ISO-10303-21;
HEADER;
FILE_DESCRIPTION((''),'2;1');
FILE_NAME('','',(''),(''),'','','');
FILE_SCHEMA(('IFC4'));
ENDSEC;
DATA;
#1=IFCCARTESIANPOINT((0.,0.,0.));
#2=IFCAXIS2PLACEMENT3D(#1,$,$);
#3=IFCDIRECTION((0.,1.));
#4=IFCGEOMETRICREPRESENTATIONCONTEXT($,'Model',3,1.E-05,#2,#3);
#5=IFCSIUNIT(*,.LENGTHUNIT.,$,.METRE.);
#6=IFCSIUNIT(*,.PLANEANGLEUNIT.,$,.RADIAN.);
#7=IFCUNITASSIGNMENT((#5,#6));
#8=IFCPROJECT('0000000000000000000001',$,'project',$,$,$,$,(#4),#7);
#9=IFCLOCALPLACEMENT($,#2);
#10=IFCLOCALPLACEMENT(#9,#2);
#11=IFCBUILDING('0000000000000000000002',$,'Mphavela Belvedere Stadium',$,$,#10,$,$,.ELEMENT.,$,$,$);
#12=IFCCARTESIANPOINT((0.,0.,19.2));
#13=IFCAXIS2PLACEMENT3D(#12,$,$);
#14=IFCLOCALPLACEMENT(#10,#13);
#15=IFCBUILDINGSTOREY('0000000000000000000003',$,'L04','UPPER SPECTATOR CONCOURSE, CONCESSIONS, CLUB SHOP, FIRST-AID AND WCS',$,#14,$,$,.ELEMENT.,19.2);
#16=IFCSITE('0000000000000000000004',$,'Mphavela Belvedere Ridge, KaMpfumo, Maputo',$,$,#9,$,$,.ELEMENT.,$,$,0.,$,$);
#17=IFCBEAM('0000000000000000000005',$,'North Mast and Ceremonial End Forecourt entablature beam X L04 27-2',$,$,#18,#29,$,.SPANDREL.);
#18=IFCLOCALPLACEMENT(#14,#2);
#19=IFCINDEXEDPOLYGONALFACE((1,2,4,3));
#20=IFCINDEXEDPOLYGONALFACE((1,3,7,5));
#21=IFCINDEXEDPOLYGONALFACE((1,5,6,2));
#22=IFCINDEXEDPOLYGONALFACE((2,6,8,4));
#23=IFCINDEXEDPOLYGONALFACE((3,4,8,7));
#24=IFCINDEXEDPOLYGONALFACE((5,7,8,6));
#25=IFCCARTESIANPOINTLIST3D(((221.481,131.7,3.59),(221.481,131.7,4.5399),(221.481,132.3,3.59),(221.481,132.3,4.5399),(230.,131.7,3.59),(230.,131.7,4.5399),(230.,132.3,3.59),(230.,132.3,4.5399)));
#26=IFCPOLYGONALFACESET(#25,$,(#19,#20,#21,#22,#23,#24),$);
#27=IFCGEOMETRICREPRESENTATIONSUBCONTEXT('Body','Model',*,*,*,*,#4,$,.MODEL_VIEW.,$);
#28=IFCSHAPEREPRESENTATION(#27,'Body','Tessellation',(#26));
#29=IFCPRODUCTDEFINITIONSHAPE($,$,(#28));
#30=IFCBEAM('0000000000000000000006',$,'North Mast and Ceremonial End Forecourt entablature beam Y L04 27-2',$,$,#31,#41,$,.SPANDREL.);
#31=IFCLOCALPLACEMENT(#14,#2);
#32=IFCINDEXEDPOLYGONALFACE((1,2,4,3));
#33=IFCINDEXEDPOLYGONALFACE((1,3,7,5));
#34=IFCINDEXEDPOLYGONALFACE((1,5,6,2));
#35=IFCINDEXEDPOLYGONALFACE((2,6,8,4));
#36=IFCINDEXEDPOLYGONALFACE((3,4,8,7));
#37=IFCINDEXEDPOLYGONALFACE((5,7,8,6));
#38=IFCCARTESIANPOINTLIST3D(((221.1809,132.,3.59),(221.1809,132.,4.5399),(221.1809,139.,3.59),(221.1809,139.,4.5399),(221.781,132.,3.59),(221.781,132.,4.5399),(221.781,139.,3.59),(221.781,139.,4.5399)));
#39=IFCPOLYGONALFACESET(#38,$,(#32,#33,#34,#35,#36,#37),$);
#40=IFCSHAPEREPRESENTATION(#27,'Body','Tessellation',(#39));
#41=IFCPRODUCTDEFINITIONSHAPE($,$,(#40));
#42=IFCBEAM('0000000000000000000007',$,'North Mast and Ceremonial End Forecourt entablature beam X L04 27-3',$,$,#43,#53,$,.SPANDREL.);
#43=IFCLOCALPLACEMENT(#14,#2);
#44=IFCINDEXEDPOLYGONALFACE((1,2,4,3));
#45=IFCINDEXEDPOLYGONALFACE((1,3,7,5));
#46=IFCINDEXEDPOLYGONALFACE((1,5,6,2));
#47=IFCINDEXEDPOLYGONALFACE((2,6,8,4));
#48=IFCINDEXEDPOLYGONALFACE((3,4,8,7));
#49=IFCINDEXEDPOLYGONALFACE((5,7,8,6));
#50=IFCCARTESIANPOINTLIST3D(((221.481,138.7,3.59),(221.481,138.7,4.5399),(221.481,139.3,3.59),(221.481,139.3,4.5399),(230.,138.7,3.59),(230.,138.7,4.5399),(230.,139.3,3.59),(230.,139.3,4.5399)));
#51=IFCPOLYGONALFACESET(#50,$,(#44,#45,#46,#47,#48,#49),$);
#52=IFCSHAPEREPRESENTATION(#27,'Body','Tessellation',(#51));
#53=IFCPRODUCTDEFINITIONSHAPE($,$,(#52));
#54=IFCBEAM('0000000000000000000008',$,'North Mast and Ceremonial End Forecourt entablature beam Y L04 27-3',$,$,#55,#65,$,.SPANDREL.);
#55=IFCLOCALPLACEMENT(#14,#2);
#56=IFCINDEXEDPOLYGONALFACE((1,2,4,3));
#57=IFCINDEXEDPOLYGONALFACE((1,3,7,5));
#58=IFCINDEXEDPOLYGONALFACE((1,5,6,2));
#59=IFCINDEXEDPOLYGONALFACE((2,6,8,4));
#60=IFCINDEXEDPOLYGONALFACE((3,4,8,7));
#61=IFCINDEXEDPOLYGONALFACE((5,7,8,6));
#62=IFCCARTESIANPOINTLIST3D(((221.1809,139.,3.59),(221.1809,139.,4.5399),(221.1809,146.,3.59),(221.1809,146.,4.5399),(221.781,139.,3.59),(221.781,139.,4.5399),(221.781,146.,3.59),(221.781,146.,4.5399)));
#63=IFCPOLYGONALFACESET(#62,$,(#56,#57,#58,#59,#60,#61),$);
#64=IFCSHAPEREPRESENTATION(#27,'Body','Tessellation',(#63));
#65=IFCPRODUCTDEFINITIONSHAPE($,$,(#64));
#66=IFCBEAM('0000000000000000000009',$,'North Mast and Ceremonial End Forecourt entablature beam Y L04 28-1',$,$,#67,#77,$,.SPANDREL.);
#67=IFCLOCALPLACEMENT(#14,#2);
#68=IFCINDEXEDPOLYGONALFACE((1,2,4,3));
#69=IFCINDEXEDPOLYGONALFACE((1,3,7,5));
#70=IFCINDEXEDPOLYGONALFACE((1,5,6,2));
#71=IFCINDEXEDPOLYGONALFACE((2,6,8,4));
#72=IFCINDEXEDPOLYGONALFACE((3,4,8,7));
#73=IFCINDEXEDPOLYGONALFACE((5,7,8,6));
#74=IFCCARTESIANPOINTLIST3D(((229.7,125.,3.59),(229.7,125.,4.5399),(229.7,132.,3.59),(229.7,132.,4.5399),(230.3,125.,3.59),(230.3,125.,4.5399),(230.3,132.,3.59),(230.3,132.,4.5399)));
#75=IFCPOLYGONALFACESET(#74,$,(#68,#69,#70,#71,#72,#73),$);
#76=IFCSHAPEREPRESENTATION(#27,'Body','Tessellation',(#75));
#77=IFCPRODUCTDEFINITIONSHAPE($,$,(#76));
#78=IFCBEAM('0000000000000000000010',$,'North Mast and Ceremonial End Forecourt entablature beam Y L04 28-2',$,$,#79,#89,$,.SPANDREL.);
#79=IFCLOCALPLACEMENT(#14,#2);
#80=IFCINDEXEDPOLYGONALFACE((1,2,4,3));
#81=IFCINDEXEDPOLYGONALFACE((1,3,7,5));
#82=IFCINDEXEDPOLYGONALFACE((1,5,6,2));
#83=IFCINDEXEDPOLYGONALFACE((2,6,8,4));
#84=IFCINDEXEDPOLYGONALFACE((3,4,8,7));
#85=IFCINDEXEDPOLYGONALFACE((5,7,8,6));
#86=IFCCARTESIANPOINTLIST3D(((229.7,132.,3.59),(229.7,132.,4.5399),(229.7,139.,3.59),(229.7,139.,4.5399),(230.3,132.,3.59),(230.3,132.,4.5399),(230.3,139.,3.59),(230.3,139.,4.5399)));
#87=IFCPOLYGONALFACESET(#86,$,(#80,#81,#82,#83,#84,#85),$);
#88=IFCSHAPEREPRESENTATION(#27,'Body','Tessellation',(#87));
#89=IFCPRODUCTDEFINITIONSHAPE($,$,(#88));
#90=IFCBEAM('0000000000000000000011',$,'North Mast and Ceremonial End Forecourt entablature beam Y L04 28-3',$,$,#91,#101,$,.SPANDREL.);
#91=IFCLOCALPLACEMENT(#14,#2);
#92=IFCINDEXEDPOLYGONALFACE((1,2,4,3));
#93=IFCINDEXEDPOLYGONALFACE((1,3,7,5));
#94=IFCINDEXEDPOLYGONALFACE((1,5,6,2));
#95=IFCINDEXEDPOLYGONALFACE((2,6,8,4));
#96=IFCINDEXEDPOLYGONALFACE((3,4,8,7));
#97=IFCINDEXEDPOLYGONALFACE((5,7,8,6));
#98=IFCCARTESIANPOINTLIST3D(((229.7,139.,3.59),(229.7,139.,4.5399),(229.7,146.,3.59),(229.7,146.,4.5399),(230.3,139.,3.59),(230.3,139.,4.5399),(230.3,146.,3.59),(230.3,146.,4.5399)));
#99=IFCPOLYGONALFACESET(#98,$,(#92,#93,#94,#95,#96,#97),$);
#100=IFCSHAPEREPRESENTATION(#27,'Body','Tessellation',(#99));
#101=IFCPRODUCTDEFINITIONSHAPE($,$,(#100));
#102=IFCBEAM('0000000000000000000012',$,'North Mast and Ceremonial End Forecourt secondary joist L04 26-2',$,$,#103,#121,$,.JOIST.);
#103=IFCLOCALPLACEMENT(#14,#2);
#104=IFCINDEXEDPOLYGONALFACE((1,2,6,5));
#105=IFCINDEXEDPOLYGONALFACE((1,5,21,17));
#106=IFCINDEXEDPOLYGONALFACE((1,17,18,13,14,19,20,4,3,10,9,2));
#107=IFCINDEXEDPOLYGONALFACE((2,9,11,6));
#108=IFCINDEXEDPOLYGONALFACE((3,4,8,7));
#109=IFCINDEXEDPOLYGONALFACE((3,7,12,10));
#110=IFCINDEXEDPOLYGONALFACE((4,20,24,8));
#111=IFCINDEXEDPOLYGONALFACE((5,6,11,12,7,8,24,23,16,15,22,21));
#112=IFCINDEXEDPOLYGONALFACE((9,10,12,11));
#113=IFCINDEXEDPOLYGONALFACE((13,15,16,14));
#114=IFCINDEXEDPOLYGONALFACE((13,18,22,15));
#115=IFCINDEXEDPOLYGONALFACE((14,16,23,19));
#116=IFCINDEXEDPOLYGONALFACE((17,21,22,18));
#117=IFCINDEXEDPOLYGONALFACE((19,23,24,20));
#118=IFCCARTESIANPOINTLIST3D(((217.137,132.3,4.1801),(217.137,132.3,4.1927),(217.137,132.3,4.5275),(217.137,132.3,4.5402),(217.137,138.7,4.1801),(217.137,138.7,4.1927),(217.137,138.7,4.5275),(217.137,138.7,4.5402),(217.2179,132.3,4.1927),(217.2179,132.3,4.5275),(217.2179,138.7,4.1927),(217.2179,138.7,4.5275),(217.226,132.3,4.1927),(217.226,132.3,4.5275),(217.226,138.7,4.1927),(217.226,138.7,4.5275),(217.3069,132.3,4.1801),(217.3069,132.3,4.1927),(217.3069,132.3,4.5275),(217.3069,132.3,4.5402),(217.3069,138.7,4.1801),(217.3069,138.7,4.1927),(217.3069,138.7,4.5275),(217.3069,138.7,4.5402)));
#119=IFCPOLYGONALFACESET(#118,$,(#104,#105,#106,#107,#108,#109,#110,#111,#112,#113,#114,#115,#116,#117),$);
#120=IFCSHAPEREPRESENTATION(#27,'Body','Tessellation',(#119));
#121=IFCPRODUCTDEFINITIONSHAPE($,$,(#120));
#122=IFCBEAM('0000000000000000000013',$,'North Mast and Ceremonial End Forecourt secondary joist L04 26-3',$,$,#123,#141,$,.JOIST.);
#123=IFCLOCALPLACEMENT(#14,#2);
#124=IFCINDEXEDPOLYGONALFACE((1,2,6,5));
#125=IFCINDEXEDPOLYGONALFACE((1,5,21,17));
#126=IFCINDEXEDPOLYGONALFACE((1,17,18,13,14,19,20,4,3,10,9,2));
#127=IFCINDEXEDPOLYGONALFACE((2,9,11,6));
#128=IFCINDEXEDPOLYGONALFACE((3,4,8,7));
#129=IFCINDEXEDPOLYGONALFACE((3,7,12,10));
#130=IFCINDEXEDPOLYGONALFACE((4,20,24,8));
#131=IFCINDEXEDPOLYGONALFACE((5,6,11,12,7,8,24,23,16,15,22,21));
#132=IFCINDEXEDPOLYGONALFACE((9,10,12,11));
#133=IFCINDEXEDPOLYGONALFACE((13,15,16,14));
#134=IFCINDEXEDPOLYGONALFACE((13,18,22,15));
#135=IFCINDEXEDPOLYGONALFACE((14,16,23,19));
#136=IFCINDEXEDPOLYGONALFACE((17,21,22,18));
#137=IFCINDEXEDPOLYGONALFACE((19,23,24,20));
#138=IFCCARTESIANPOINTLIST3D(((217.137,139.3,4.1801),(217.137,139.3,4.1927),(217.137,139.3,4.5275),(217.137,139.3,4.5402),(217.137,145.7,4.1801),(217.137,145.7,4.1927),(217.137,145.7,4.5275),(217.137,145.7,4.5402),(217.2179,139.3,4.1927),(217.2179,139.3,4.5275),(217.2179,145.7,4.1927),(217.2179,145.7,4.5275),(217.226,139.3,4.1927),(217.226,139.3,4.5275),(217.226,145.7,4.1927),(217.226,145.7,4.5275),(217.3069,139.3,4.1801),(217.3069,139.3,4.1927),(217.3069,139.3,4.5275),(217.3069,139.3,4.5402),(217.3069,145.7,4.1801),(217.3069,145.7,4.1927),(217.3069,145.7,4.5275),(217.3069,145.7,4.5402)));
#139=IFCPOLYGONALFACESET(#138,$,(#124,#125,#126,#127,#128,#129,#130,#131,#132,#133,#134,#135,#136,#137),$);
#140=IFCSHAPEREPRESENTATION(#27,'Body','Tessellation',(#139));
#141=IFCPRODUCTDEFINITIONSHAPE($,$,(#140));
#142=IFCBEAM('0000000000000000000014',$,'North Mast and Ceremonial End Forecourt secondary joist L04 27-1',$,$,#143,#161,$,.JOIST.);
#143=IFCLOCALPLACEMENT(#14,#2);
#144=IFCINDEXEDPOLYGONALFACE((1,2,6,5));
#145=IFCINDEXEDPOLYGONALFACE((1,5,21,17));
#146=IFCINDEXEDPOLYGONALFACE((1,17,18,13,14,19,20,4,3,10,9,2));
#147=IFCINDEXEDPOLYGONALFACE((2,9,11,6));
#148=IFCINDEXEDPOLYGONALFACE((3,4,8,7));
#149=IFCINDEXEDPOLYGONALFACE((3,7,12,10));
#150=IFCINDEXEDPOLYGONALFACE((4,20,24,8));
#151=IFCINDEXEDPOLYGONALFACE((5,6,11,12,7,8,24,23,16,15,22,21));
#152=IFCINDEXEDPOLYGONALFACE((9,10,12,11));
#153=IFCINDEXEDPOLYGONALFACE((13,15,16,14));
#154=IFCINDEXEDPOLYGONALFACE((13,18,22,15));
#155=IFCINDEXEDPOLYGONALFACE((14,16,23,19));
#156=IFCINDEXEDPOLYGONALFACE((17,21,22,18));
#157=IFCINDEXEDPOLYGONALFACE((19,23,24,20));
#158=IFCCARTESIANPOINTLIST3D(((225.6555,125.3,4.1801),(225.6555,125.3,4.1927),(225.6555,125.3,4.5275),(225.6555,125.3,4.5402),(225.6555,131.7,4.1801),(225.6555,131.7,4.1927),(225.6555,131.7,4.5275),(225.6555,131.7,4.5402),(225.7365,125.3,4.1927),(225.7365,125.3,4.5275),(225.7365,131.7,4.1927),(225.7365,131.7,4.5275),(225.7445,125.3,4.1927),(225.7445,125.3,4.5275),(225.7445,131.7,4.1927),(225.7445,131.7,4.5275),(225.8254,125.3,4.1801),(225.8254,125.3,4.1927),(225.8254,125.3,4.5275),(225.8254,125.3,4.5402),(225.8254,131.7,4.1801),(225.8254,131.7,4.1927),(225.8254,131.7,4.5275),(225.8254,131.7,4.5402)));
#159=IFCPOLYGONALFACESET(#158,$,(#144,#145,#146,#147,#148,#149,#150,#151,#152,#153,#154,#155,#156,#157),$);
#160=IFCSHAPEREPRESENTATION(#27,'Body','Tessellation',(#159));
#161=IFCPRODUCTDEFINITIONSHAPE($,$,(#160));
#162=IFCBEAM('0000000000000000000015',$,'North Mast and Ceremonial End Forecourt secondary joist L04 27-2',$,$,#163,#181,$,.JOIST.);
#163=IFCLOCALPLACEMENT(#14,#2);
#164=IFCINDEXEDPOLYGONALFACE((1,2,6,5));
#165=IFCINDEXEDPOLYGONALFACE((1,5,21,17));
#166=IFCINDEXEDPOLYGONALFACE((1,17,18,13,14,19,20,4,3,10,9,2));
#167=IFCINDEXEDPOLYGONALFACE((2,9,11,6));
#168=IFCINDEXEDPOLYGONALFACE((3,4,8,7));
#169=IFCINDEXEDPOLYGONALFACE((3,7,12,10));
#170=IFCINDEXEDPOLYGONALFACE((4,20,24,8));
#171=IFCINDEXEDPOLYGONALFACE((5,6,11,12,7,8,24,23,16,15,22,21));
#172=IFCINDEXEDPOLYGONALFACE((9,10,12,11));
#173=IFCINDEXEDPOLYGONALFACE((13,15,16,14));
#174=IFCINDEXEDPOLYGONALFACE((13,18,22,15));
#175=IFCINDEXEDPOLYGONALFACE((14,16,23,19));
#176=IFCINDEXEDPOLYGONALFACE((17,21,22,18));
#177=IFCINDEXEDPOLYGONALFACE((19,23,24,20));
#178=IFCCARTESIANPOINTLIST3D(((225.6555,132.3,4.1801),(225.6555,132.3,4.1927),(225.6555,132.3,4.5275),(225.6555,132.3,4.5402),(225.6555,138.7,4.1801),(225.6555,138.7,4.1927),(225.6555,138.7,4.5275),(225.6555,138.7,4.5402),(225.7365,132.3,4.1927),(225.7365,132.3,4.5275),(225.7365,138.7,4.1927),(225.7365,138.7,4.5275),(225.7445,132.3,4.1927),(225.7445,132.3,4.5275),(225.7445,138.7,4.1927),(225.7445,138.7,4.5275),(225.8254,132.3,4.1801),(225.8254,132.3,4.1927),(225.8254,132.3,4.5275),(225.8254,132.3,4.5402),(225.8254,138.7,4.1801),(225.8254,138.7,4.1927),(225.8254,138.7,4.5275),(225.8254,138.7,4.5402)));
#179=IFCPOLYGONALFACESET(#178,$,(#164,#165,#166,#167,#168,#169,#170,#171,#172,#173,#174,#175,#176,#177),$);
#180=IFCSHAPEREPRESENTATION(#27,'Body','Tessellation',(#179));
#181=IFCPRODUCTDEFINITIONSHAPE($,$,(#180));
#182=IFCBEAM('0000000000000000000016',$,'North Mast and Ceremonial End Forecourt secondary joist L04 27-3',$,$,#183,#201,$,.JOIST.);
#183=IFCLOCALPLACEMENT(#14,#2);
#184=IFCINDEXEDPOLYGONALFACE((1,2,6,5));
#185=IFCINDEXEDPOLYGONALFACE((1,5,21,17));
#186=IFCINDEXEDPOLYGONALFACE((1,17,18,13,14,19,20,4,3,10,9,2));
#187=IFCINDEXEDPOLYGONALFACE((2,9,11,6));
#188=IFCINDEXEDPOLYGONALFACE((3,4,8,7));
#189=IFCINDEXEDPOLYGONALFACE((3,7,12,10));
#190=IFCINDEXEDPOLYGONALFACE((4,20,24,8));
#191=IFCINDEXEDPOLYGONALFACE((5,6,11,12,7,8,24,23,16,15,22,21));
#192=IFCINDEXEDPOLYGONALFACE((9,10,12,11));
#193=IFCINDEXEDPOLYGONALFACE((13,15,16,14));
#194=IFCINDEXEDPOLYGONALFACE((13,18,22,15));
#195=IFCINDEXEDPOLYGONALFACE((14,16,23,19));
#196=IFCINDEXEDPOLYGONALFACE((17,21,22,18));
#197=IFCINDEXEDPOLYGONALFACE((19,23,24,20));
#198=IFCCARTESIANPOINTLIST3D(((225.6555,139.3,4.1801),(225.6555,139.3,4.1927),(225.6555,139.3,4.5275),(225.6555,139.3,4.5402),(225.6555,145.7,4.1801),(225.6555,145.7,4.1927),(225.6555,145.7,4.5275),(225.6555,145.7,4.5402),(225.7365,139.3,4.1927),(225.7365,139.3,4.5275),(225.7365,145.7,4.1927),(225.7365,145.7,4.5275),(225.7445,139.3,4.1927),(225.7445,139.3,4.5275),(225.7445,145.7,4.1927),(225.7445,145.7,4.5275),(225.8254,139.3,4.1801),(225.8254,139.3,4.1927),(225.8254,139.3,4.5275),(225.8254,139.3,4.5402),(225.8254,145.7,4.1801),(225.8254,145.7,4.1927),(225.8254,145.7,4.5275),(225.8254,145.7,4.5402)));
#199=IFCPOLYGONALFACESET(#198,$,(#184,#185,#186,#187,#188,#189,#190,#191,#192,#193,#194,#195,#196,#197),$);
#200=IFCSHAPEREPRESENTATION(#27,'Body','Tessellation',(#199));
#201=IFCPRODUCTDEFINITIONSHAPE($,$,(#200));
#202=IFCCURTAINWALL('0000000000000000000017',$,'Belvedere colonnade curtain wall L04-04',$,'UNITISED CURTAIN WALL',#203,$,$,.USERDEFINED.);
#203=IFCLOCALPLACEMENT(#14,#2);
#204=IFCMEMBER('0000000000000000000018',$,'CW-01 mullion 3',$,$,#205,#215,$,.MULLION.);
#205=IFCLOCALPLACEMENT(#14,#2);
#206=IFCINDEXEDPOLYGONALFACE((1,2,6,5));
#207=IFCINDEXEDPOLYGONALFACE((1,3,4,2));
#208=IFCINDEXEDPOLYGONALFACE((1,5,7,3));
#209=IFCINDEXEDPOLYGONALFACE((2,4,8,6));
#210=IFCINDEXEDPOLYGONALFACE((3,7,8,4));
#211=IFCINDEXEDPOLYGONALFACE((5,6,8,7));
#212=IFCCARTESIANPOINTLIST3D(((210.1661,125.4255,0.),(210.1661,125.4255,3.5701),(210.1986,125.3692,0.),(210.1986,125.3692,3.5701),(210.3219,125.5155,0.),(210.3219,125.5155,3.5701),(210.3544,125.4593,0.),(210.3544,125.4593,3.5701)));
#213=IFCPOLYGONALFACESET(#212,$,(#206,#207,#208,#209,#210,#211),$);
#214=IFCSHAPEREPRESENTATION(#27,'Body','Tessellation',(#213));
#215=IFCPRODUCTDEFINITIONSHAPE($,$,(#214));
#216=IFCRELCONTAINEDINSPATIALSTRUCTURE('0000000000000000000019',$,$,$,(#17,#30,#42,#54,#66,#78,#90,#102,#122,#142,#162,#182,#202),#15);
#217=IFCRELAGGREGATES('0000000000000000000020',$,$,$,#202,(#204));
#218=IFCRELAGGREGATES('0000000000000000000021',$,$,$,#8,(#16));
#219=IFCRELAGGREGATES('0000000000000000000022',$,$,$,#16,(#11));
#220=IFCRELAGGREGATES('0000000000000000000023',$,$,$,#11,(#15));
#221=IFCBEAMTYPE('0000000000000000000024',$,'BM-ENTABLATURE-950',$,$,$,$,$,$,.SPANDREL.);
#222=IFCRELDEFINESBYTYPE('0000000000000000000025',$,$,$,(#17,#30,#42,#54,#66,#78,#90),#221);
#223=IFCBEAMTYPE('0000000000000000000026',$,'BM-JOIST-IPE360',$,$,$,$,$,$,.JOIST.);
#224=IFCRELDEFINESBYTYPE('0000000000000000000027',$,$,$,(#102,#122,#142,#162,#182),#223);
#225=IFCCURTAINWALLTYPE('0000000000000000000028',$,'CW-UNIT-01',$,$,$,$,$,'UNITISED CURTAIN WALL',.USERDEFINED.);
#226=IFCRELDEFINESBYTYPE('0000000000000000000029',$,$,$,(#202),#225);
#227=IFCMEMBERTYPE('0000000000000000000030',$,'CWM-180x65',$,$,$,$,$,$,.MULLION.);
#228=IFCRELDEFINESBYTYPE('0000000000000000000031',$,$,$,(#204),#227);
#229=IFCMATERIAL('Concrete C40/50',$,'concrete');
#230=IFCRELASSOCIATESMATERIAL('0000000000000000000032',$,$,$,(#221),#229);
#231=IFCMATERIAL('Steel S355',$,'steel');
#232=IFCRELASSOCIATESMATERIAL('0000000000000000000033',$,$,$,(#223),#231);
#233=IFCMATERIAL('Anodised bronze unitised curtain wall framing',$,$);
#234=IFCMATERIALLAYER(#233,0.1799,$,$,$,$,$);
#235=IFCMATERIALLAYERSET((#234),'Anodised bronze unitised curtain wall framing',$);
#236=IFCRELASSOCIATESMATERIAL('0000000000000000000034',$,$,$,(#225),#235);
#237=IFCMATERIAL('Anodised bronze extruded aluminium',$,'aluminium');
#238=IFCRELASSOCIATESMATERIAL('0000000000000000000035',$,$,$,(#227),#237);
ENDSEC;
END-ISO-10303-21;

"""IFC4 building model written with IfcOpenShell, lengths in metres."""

from ifc_helpers import new_model, si_unit, direction, frame, origin, origin_2d, place, context, subcontext, project, spatial, rectangle, i_section, extrude, material, layer, layer_set, material_profile, profile_set, type_object, element, aggregate, save


model = new_model("IFC4")

# Units and contexts
model_context = context("Model", 3, precision=1e-05, world=origin(), true_north=direction((0.0, 1.0)))
body_context = subcontext(model_context, "Body", "Model", "MODEL_VIEW")
ifc_project = project(units=[si_unit("LENGTHUNIT", "METRE"), si_unit("PLANEANGLEUNIT", "RADIAN")], contexts=[model_context])

# Site, building, storey
site_placement = place(None, origin())
site = spatial("IfcSite", under=ifc_project, at=site_placement, Name="Mphavela Belvedere Ridge, KaMpfumo, Maputo", CompositionType="ELEMENT", RefElevation=0.0)
building_placement = place(site_placement, origin())
building = spatial("IfcBuilding", under=site, at=building_placement, Name="Mphavela Belvedere Stadium", CompositionType="ELEMENT")
storey_placement = place(building_placement, frame((0.0, 0.0, 19.2)))
storey = spatial("IfcBuildingStorey", under=building, at=storey_placement, Name="L04", Description="UPPER SPECTATOR CONCOURSE, CONCESSIONS, CLUB SHOP, FIRST-AID AND WCS", CompositionType="ELEMENT", Elevation=19.2)

# Beams
ifc_material_1 = material(Name="Concrete C40/50", Category="concrete")
ifc_material_profile_1 = material_profile(ifc_material_1, rectangle(XDim=0.6001, YDim=0.95, at=origin_2d()), Name="RC 600x950")
ifc_profile_set_1 = profile_set([ifc_material_profile_1], Name="Concrete C40/50")
beam_type_1 = type_object("IfcBeamType", Name="BM-ENTABLATURE-950", PredefinedType="SPANDREL", material=ifc_profile_set_1)
beam_1_placement = place(storey_placement, frame((221.481, 132.0, 4.0649), z_axis=(1.0, 0.0, 0.0), x_axis=(0.0, 1.0, 0.0)))
element("IfcBeam", 1, at=beam_1_placement, inside=storey, type_object=beam_type_1, Name="North Mast and Ceremonial End Forecourt entablature beam X L04 27-2", PredefinedType="SPANDREL", context=body_context, shape_type="SweptSolid", body=[
    extrude(rectangle(XDim=0.6001, YDim=0.95, at=origin_2d()), origin(), (0.0, 0.0, 1.0), 8.519),
])
beam_2_placement = place(storey_placement, frame((221.481, 132.0, 4.0649), z_axis=(0.0, 1.0, 0.0), x_axis=(-1.0, 0.0, 0.0)))
element("IfcBeam", 2, at=beam_2_placement, inside=storey, type_object=beam_type_1, Name="North Mast and Ceremonial End Forecourt entablature beam Y L04 27-2", PredefinedType="SPANDREL", context=body_context, shape_type="SweptSolid", body=[
    extrude(rectangle(XDim=0.6001, YDim=0.95, at=origin_2d()), origin(), (0.0, 0.0, 1.0), 7.0),
])
beam_3_placement = place(storey_placement, frame((221.481, 139.0, 4.0649), z_axis=(1.0, 0.0, 0.0), x_axis=(0.0, 1.0, 0.0)))
element("IfcBeam", 3, at=beam_3_placement, inside=storey, type_object=beam_type_1, Name="North Mast and Ceremonial End Forecourt entablature beam X L04 27-3", PredefinedType="SPANDREL", context=body_context, shape_type="SweptSolid", body=[
    extrude(rectangle(XDim=0.6001, YDim=0.95, at=origin_2d()), origin(), (0.0, 0.0, 1.0), 8.519),
])
for number, where, z_axis, x_axis, name in (
    (4, (221.481, 139.0, 4.0649), (0.0, 1.0, 0.0), (-1.0, 0.0, 0.0), "North Mast and Ceremonial End Forecourt entablature beam Y L04 27-3"),
    (5, (230.0, 125.0, 4.0649), (0.0, 1.0, 0.0), (-1.0, 0.0, 0.0), "North Mast and Ceremonial End Forecourt entablature beam Y L04 28-1"),
    (6, (230.0, 132.0, 4.0649), (0.0, 1.0, 0.0), (-1.0, 0.0, 0.0), "North Mast and Ceremonial End Forecourt entablature beam Y L04 28-2"),
    (7, (230.0, 139.0, 4.0649), (0.0, 1.0, 0.0), (-1.0, 0.0, 0.0), "North Mast and Ceremonial End Forecourt entablature beam Y L04 28-3"),
):
    element("IfcBeam", number, at=place(storey_placement, frame(where, z_axis=z_axis, x_axis=x_axis)), inside=storey, type_object=beam_type_1, Name=name, PredefinedType="SPANDREL", context=body_context, shape_type="SweptSolid", body=[
        extrude(rectangle(XDim=0.6001, YDim=0.95, at=origin_2d()), origin(), (0.0, 0.0, 1.0), 7.0),
    ])
ifc_material_2 = material(Name="Steel S355", Category="steel")
ifc_material_profile_2 = material_profile(ifc_material_2, i_section(OverallWidth=0.1699, OverallDepth=0.3601, WebThickness=0.0081, FlangeThickness=0.0127, at=origin_2d()), Name="IPE 360")
ifc_profile_set_2 = profile_set([ifc_material_profile_2], Name="Steel S355")
beam_type_2 = type_object("IfcBeamType", Name="BM-JOIST-IPE360", PredefinedType="JOIST", material=ifc_profile_set_2)
for number, where, z_axis, x_axis, name in (
    (8, (217.2219, 132.3, 4.3601), (0.0, 1.0, 0.0), (-1.0, 0.0, 0.0), "North Mast and Ceremonial End Forecourt secondary joist L04 26-2"),
    (9, (217.2219, 139.3, 4.3601), (0.0, 1.0, 0.0), (-1.0, 0.0, 0.0), "North Mast and Ceremonial End Forecourt secondary joist L04 26-3"),
    (10, (225.7405, 125.3, 4.3601), (0.0, 1.0, 0.0), (-1.0, 0.0, 0.0), "North Mast and Ceremonial End Forecourt secondary joist L04 27-1"),
    (11, (225.7405, 132.3, 4.3601), (0.0, 1.0, 0.0), (-1.0, 0.0, 0.0), "North Mast and Ceremonial End Forecourt secondary joist L04 27-2"),
    (12, (225.7405, 139.3, 4.3601), (0.0, 1.0, 0.0), (-1.0, 0.0, 0.0), "North Mast and Ceremonial End Forecourt secondary joist L04 27-3"),
):
    element("IfcBeam", number, at=place(storey_placement, frame(where, z_axis=z_axis, x_axis=x_axis)), inside=storey, type_object=beam_type_2, Name=name, PredefinedType="JOIST", context=body_context, shape_type="SweptSolid", body=[
        extrude(i_section(OverallWidth=0.1699, OverallDepth=0.3601, WebThickness=0.0081, FlangeThickness=0.0127, at=origin_2d()), origin(), (0.0, 0.0, 1.0), 6.3999),
    ])

# Curtain wall, member
ifc_material_3 = material(Name="Anodised bronze unitised curtain wall framing")
ifc_layer_1 = layer(ifc_material_3, 0.1799)
ifc_layer_set_1 = layer_set([ifc_layer_1], Name="Anodised bronze unitised curtain wall framing")
curtain_wall_type = type_object("IfcCurtainWallType", Name="CW-UNIT-01", ElementType="UNITISED CURTAIN WALL", PredefinedType="USERDEFINED", material=ifc_layer_set_1)
curtain_wall_placement = place(storey_placement, origin())
curtain_wall = element("IfcCurtainWall", 13, at=curtain_wall_placement, inside=storey, type_object=curtain_wall_type, Name="Belvedere colonnade curtain wall L04-04", ObjectType="UNITISED CURTAIN WALL", PredefinedType="USERDEFINED")
ifc_material_4 = material(Name="Anodised bronze extruded aluminium", Category="aluminium")
ifc_material_profile_3 = material_profile(ifc_material_4, rectangle(XDim=0.1799, YDim=0.0649, at=origin_2d()), Name="CW-MUL 180x65")
ifc_profile_set_3 = profile_set([ifc_material_profile_3], Name="Anodised bronze extruded aluminium")
member_type_1 = type_object("IfcMemberType", Name="CWM-180x65", PredefinedType="MULLION", material=ifc_profile_set_3)
member_1_placement = place(storey_placement, frame((210.2603, 125.4424, 0.0), z_axis=(0.0, 0.0, 1.0), x_axis=(-0.865704, -0.500556, 0.0)))
member_1 = element("IfcMember", 14, at=member_1_placement, type_object=member_type_1, Name="CW-01 mullion 3", PredefinedType="MULLION", context=body_context, shape_type="SweptSolid", body=[
    extrude(rectangle(XDim=0.1799, YDim=0.0649, at=origin_2d()), origin(), (0.0, 0.0, 1.0), 3.5701),
])
aggregate(curtain_wall, [member_1])

save(model, "model.ifc")
